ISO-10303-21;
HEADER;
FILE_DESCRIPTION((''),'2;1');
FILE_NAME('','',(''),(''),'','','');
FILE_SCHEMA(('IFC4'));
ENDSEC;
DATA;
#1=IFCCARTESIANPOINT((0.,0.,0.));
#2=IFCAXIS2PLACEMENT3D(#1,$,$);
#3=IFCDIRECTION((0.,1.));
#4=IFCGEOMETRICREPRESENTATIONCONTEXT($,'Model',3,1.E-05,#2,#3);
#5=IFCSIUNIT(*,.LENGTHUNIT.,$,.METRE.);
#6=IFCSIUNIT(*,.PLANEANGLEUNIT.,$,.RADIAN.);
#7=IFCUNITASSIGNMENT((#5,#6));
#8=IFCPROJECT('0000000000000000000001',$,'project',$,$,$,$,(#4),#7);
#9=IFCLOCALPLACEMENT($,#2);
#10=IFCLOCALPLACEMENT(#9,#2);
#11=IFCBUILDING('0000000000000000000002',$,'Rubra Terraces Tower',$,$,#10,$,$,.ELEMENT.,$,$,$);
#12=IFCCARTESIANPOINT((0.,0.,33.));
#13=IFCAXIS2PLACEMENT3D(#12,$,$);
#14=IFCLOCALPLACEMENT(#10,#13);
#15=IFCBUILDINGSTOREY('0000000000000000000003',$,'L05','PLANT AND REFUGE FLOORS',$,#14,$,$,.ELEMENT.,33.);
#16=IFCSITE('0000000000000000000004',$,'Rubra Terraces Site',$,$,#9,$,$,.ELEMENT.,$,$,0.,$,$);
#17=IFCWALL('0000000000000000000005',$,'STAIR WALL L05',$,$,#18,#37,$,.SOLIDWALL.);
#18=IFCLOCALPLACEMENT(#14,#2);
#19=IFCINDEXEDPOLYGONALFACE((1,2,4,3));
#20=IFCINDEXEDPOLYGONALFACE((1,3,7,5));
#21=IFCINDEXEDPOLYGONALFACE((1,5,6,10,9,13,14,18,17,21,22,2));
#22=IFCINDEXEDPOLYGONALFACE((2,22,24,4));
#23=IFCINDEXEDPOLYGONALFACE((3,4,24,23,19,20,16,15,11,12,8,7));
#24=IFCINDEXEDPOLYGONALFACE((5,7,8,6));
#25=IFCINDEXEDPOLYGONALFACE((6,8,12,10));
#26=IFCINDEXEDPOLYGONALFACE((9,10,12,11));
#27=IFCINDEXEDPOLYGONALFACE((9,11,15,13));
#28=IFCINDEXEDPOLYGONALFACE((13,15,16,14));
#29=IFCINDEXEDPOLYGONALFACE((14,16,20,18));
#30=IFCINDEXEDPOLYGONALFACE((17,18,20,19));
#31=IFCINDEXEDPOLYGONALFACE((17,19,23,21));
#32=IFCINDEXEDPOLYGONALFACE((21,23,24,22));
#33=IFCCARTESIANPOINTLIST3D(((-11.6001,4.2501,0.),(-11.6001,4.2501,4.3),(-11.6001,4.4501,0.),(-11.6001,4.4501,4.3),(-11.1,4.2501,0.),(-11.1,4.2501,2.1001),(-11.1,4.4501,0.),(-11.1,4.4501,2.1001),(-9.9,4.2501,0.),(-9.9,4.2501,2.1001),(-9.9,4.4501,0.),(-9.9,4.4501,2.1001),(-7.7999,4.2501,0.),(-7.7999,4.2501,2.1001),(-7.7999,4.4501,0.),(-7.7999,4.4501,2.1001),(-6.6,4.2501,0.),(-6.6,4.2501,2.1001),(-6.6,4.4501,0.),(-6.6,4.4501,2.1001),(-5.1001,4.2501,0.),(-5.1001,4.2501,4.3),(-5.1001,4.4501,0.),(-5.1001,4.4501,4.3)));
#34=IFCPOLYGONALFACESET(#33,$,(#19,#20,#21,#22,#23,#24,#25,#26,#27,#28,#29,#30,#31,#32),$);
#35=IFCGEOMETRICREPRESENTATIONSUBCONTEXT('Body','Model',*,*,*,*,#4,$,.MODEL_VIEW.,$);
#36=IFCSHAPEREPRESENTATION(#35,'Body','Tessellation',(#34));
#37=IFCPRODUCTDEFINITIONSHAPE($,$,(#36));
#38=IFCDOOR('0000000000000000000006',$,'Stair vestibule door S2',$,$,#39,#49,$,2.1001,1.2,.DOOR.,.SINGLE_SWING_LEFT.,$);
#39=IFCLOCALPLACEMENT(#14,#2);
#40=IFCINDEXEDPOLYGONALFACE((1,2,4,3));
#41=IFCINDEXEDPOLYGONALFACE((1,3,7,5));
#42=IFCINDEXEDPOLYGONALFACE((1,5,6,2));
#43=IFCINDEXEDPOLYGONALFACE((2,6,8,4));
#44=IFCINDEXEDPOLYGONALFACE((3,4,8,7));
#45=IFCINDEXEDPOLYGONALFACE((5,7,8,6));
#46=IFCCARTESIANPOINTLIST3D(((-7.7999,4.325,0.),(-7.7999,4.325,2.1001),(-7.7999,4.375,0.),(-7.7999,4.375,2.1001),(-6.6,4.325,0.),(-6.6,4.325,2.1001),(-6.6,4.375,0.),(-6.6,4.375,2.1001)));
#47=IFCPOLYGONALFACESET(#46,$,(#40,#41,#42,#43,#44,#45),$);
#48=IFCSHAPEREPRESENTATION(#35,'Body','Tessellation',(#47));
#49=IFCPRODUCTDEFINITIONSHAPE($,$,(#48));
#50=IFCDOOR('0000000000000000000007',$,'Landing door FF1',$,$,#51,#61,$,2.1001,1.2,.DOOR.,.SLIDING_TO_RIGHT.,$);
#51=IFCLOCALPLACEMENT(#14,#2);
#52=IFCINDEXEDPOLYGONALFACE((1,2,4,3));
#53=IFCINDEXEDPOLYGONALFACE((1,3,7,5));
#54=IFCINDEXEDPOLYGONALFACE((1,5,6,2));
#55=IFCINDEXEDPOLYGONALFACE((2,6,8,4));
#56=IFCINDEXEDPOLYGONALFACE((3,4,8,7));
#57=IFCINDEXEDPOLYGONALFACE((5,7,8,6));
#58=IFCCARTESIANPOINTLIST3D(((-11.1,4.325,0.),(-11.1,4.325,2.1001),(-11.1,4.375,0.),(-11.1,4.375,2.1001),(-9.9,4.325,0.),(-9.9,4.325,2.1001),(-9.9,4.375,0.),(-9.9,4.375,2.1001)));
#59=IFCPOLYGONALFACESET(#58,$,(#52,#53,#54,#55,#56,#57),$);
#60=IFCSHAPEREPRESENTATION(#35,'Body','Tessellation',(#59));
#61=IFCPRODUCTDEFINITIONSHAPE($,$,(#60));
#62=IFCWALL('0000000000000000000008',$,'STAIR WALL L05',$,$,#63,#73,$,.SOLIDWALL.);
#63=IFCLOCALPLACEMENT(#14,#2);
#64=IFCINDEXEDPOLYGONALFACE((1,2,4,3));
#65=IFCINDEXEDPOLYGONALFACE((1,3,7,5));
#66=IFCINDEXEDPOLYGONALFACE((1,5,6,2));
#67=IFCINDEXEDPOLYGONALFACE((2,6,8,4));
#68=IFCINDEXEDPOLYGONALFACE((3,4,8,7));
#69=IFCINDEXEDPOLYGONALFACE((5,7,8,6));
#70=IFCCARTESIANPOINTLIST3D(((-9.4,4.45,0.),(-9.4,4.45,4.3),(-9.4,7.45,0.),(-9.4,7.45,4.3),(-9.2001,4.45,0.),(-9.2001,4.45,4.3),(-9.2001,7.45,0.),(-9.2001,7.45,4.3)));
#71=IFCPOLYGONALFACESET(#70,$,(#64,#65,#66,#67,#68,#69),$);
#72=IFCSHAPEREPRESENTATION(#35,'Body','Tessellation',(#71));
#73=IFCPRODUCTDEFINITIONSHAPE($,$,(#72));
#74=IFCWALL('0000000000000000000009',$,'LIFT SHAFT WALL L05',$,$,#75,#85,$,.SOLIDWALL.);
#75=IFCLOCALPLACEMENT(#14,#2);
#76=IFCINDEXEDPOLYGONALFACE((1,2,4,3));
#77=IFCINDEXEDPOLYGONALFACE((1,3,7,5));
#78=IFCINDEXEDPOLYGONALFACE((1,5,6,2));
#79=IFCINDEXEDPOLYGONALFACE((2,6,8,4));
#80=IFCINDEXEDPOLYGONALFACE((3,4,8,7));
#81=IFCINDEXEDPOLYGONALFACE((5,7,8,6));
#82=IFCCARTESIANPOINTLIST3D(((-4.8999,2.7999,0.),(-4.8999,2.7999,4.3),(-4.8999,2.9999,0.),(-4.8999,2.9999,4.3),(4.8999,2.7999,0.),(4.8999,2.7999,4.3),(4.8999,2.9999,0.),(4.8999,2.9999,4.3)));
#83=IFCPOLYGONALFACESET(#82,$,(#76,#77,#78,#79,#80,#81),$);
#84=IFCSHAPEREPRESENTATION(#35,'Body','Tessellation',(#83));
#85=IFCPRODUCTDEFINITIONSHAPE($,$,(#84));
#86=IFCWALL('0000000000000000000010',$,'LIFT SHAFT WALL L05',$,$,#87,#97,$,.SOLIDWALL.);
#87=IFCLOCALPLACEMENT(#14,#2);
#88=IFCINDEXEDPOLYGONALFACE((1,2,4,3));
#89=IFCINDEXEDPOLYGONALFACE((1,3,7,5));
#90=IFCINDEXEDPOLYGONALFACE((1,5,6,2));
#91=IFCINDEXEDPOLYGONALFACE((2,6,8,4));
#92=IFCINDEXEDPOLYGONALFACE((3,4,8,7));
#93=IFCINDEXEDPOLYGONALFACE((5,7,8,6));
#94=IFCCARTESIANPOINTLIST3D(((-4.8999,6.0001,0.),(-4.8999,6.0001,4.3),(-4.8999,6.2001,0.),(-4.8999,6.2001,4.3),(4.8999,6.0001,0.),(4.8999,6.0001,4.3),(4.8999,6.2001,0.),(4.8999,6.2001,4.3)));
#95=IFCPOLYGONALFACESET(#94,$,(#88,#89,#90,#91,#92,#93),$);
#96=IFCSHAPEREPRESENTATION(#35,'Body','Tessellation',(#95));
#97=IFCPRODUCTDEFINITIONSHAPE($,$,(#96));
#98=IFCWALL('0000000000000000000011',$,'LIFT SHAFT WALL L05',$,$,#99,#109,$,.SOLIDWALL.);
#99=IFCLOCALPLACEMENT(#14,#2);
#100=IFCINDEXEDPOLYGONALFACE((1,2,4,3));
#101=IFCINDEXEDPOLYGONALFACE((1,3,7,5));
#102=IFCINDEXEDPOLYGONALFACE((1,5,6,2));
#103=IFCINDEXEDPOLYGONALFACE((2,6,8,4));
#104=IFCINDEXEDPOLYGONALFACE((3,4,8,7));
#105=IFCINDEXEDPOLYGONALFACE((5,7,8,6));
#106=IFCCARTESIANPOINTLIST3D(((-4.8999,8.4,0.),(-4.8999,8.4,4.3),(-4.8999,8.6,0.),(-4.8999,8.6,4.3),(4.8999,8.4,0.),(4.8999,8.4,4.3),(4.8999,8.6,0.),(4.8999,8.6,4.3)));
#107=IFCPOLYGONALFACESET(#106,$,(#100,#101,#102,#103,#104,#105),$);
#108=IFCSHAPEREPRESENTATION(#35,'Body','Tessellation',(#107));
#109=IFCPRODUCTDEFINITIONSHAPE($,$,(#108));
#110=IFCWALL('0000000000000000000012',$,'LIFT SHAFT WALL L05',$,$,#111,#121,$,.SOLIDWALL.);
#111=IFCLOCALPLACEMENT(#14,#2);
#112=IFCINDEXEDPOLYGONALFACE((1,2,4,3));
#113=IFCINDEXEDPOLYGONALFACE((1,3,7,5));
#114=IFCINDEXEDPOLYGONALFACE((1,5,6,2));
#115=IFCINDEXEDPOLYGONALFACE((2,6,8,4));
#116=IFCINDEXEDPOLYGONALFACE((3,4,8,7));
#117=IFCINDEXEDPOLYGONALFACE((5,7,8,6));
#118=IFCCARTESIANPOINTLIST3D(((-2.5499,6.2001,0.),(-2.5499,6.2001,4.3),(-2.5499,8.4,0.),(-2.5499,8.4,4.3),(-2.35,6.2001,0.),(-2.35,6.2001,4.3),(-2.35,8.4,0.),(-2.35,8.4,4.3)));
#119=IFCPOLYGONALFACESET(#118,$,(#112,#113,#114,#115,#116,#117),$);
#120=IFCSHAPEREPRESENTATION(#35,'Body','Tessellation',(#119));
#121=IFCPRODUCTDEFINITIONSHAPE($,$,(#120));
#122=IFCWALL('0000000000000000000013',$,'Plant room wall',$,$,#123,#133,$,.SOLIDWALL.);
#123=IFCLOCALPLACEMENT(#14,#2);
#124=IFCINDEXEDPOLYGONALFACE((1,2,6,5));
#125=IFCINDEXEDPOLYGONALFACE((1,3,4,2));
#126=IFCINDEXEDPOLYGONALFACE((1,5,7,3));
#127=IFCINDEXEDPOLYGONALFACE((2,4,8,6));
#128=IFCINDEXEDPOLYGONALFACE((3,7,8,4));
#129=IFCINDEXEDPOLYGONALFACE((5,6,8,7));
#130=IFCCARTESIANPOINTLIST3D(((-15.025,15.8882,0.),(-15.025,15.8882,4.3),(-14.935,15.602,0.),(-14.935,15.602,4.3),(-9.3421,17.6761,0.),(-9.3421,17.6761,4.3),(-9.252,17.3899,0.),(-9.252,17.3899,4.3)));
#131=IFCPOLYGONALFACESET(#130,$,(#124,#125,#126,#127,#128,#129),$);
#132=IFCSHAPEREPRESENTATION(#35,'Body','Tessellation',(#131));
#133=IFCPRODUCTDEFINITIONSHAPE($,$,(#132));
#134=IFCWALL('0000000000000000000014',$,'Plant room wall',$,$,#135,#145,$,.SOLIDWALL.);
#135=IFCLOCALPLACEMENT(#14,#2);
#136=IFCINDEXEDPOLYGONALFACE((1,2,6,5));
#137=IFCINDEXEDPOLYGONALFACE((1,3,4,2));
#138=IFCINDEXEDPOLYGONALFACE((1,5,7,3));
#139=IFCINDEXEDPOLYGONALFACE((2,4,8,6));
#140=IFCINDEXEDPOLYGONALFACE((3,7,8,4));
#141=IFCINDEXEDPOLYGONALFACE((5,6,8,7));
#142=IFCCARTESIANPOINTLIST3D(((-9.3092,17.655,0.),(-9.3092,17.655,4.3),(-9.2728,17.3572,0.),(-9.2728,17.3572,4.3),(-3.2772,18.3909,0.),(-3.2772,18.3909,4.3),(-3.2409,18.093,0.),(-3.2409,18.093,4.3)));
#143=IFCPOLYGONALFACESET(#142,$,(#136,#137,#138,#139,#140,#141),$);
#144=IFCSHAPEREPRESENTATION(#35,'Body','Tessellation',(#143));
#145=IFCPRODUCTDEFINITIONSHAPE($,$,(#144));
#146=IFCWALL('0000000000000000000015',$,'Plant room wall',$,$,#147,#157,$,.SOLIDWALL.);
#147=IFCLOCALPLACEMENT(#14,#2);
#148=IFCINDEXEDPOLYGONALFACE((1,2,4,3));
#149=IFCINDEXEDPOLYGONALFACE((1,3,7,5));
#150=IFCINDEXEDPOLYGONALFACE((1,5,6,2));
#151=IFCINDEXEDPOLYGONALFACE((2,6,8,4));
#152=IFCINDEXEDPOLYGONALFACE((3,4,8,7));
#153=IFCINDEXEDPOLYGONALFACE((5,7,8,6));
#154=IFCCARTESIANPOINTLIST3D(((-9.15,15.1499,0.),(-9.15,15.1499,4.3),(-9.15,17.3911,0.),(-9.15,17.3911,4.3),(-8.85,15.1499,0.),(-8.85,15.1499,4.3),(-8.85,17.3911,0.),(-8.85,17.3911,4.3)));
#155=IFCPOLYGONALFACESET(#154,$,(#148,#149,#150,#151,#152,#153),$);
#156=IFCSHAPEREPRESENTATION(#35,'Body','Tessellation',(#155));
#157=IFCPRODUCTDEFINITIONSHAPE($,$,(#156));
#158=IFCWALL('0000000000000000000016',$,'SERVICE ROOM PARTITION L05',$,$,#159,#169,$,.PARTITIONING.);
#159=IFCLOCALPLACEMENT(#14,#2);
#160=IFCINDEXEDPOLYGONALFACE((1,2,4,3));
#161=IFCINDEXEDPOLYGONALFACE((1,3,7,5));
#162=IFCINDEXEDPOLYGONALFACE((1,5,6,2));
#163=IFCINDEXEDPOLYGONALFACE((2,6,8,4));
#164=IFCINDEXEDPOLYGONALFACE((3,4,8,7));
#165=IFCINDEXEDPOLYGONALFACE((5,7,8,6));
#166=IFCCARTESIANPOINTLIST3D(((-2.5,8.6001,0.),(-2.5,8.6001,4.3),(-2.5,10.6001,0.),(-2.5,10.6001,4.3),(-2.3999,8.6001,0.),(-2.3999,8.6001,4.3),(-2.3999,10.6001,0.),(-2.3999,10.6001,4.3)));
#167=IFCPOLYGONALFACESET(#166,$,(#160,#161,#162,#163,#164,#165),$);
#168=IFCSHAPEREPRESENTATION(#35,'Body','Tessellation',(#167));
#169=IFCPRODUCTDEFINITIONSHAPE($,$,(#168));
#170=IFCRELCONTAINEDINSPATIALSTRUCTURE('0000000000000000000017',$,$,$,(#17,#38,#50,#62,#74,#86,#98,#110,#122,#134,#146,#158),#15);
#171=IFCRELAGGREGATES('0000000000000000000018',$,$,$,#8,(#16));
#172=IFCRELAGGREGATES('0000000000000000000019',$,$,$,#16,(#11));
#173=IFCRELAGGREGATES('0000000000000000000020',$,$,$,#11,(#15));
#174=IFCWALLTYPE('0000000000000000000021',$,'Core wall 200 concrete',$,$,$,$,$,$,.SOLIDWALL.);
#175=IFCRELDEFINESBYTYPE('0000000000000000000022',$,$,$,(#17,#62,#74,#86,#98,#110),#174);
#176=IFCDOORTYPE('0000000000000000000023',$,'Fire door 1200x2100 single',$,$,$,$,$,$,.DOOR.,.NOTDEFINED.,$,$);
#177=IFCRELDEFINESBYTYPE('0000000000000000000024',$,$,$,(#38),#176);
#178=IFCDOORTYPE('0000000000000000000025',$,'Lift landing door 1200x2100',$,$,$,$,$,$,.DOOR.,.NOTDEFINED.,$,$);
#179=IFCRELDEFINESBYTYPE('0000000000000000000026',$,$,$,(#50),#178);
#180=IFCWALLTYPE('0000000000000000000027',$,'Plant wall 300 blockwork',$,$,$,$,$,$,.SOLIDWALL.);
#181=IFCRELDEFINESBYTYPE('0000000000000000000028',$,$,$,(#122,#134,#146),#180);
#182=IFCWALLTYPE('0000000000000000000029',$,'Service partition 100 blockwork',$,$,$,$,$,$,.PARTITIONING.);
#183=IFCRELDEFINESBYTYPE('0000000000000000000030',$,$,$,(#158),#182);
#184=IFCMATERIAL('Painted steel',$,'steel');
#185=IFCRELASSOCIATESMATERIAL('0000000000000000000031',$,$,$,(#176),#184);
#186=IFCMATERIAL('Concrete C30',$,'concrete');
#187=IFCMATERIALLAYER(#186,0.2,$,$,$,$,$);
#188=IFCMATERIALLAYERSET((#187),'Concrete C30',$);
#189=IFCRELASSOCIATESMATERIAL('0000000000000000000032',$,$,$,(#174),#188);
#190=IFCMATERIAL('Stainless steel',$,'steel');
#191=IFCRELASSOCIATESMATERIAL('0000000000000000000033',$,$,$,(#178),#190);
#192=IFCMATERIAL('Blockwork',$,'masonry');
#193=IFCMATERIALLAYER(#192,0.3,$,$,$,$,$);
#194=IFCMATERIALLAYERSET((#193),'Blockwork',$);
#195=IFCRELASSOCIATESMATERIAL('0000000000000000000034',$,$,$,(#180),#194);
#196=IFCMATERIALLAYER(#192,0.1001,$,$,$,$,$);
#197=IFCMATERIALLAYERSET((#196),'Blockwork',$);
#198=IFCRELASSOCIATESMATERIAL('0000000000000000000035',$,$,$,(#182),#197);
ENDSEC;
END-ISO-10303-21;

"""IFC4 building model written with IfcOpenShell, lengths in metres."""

from ifc_helpers import new_model, si_unit, direction, frame, frame_2d, origin, place, context, subcontext, project, spatial, rectangle, extrude, material, layer, layer_set, type_object, element, fill, save


model = new_model("IFC4")

# Units and contexts
model_context = context("Model", 3, precision=1e-05, world=origin(), true_north=direction((0.0, 1.0)))
body_context = subcontext(model_context, "Body", "Model", "MODEL_VIEW")
ifc_project = project(units=[si_unit("LENGTHUNIT", "METRE"), si_unit("PLANEANGLEUNIT", "RADIAN")], contexts=[model_context])

# Site, building, storey
site_placement = place(None, origin())
site = spatial("IfcSite", under=ifc_project, at=site_placement, Name="Rubra Terraces Site", CompositionType="ELEMENT", RefElevation=0.0)
building_placement = place(site_placement, origin())
building = spatial("IfcBuilding", under=site, at=building_placement, Name="Rubra Terraces Tower", CompositionType="ELEMENT")
storey_placement = place(building_placement, frame((0.0, 0.0, 33.0)))
storey = spatial("IfcBuildingStorey", under=building, at=storey_placement, Name="L05", Description="PLANT AND REFUGE FLOORS", CompositionType="ELEMENT", Elevation=33.0)

# Wall, openings, doors
ifc_material_1 = material(Name="Painted steel", Category="steel")
door_type_1 = type_object("IfcDoorType", Name="Fire door 1200x2100 single", OperationType="NOTDEFINED", PredefinedType="DOOR", material=ifc_material_1)
ifc_material_2 = material(Name="Concrete C30", Category="concrete")
ifc_layer_1 = layer(ifc_material_2, 0.2)
ifc_layer_set_1 = layer_set([ifc_layer_1], Name="Concrete C30")
wall_type_1 = type_object("IfcWallType", Name="Core wall 200 concrete", PredefinedType="SOLIDWALL", material=ifc_layer_set_1)
wall_1_placement = place(storey_placement, frame((-11.6001, 4.3501, 0.0), z_axis=(0.0, 0.0, 1.0), x_axis=(1.0, 0.0, 0.0)))
wall_1 = element("IfcWall", 1, at=wall_1_placement, inside=storey, type_object=wall_type_1, Name="STAIR WALL L05", PredefinedType="SOLIDWALL", context=body_context, shape_type="SweptSolid", body=[
    extrude(rectangle(XDim=6.5, YDim=0.2, at=frame_2d((3.25, 0.0))), origin(), (0.0, 0.0, 1.0), 4.3),
])
opening_1_placement = place(wall_1_placement, frame((3.8, 0.0, 0.0)))
opening_1 = element("IfcOpeningElement", 2, at=opening_1_placement, cuts=wall_1, PredefinedType="OPENING", context=body_context, shape_type="SweptSolid", body=[
    extrude(rectangle(XDim=1.2, YDim=2.1001, at=frame_2d((0.6001, 1.05))), frame((0.0, 0.1099, 0.0), z_axis=(0.0, -1.0, 0.0), x_axis=(1.0, 0.0, 0.0)), (0.0, 0.0, 1.0), 0.22),
])
opening_2_placement = place(wall_1_placement, frame((0.5, 0.0, 0.0)))
opening_2 = element("IfcOpeningElement", 3, at=opening_2_placement, cuts=wall_1, PredefinedType="OPENING", context=body_context, shape_type="SweptSolid", body=[
    extrude(rectangle(XDim=1.2, YDim=2.1001, at=frame_2d((0.6001, 1.05))), frame((0.0, 0.1099, 0.0), z_axis=(0.0, -1.0, 0.0), x_axis=(1.0, 0.0, 0.0)), (0.0, 0.0, 1.0), 0.22),
])
door_1_placement = place(opening_1_placement, origin())
door_1 = element("IfcDoor", 4, at=door_1_placement, inside=storey, type_object=door_type_1, Name="Stair vestibule door S2", OperationType="SINGLE_SWING_LEFT", OverallHeight=2.1001, OverallWidth=1.2, PredefinedType="DOOR", context=body_context, shape_type="SweptSolid", body=[
    extrude(rectangle(XDim=1.2, YDim=2.1001, at=frame_2d((0.6001, 1.05))), frame((0.0, 0.0249, 0.0), z_axis=(0.0, -1.0, 0.0), x_axis=(1.0, 0.0, 0.0)), (0.0, 0.0, 1.0), 0.05),
])
fill(opening_1, door_1)
ifc_material_3 = material(Name="Stainless steel", Category="steel")
door_type_2 = type_object("IfcDoorType", Name="Lift landing door 1200x2100", OperationType="NOTDEFINED", PredefinedType="DOOR", material=ifc_material_3)
door_2_placement = place(opening_2_placement, origin())
door_2 = element("IfcDoor", 5, at=door_2_placement, inside=storey, type_object=door_type_2, Name="Landing door FF1", OperationType="SLIDING_TO_RIGHT", OverallHeight=2.1001, OverallWidth=1.2, PredefinedType="DOOR", context=body_context, shape_type="SweptSolid", body=[
    extrude(rectangle(XDim=1.2, YDim=2.1001, at=frame_2d((0.6001, 1.05))), frame((0.0, 0.0249, 0.0), z_axis=(0.0, -1.0, 0.0), x_axis=(1.0, 0.0, 0.0)), (0.0, 0.0, 1.0), 0.05),
])
fill(opening_2, door_2)

# Walls
wall_2_placement = place(storey_placement, frame((-9.3, 4.45, 0.0), z_axis=(0.0, 0.0, 1.0), x_axis=(0.0, 1.0, 0.0)))
element("IfcWall", 6, at=wall_2_placement, inside=storey, type_object=wall_type_1, Name="STAIR WALL L05", PredefinedType="SOLIDWALL", context=body_context, shape_type="SweptSolid", body=[
    extrude(rectangle(XDim=3.0, YDim=0.2, at=frame_2d((1.5, 0.0))), origin(), (0.0, 0.0, 1.0), 4.3),
])
for number, where, z_axis, x_axis, name in (
    (7, (-4.8999, 2.8999, 0.0), (0.0, 0.0, 1.0), (1.0, 0.0, 0.0), "LIFT SHAFT WALL L05"),
    (8, (-4.8999, 6.1001, 0.0), (0.0, 0.0, 1.0), (1.0, 0.0, 0.0), "LIFT SHAFT WALL L05"),
    (9, (-4.8999, 8.5, 0.0), (0.0, 0.0, 1.0), (1.0, 0.0, 0.0), "LIFT SHAFT WALL L05"),
):
    element("IfcWall", number, at=place(storey_placement, frame(where, z_axis=z_axis, x_axis=x_axis)), inside=storey, type_object=wall_type_1, Name=name, PredefinedType="SOLIDWALL", context=body_context, shape_type="SweptSolid", body=[
        extrude(rectangle(XDim=9.7998, YDim=0.2, at=frame_2d((4.8999, 0.0))), origin(), (0.0, 0.0, 1.0), 4.3),
    ])
wall_3_placement = place(storey_placement, frame((-2.45, 6.2, 0.0), z_axis=(0.0, 0.0, 1.0), x_axis=(0.0, 1.0, 0.0)))
element("IfcWall", 10, at=wall_3_placement, inside=storey, type_object=wall_type_1, Name="LIFT SHAFT WALL L05", PredefinedType="SOLIDWALL", context=body_context, shape_type="SweptSolid", body=[
    extrude(rectangle(XDim=2.2, YDim=0.2, at=frame_2d((1.1001, 0.0))), origin(), (0.0, 0.0, 1.0), 4.3),
])
ifc_material_4 = material(Name="Blockwork", Category="masonry")
ifc_layer_2 = layer(ifc_material_4, 0.3)
ifc_layer_set_2 = layer_set([ifc_layer_2], Name="Blockwork")
wall_type_2 = type_object("IfcWallType", Name="Plant wall 300 blockwork", PredefinedType="SOLIDWALL", material=ifc_layer_set_2)
wall_4_placement = place(storey_placement, frame((-14.98, 15.7451, 0.0), z_axis=(0.0, 0.0, 1.0), x_axis=(0.953907, 0.300102, 0.0)))
element("IfcWall", 11, at=wall_4_placement, inside=storey, type_object=wall_type_2, Name="Plant room wall", PredefinedType="SOLIDWALL", context=body_context, shape_type="SweptSolid", body=[
    extrude(rectangle(XDim=5.9575, YDim=0.3, at=frame_2d((2.9788, 0.0))), origin(), (0.0, 0.0, 1.0), 4.3),
])
wall_5_placement = place(storey_placement, frame((-9.291, 17.5061, 0.0), z_axis=(0.0, 0.0, 1.0), x_axis=(0.992641, 0.121092, 0.0)))
element("IfcWall", 12, at=wall_5_placement, inside=storey, type_object=wall_type_2, Name="Plant room wall", PredefinedType="SOLIDWALL", context=body_context, shape_type="SweptSolid", body=[
    extrude(rectangle(XDim=6.0767, YDim=0.3, at=frame_2d((3.0383, 0.0))), origin(), (0.0, 0.0, 1.0), 4.3),
])
wall_6_placement = place(storey_placement, frame((-9.0, 17.3911, 0.0), z_axis=(0.0, 0.0, 1.0), x_axis=(0.0, -1.0, 0.0)))
element("IfcWall", 13, at=wall_6_placement, inside=storey, type_object=wall_type_2, Name="Plant room wall", PredefinedType="SOLIDWALL", context=body_context, shape_type="SweptSolid", body=[
    extrude(rectangle(XDim=2.2412, YDim=0.3, at=frame_2d((1.1206, 0.0))), origin(), (0.0, 0.0, 1.0), 4.3),
])
ifc_layer_3 = layer(ifc_material_4, 0.1001)
ifc_layer_set_3 = layer_set([ifc_layer_3], Name="Blockwork")
wall_type_3 = type_object("IfcWallType", Name="Service partition 100 blockwork", PredefinedType="PARTITIONING", material=ifc_layer_set_3)
wall_7_placement = place(storey_placement, frame((-2.45, 8.6001, 0.0), z_axis=(0.0, 0.0, 1.0), x_axis=(0.0, 1.0, 0.0)))
element("IfcWall", 14, at=wall_7_placement, inside=storey, type_object=wall_type_3, Name="SERVICE ROOM PARTITION L05", PredefinedType="PARTITIONING", context=body_context, shape_type="SweptSolid", body=[
    extrude(rectangle(XDim=2.0, YDim=0.1001, at=frame_2d((1.0, 0.0))), origin(), (0.0, 0.0, 1.0), 4.3),
])

save(model, "model.ifc")
